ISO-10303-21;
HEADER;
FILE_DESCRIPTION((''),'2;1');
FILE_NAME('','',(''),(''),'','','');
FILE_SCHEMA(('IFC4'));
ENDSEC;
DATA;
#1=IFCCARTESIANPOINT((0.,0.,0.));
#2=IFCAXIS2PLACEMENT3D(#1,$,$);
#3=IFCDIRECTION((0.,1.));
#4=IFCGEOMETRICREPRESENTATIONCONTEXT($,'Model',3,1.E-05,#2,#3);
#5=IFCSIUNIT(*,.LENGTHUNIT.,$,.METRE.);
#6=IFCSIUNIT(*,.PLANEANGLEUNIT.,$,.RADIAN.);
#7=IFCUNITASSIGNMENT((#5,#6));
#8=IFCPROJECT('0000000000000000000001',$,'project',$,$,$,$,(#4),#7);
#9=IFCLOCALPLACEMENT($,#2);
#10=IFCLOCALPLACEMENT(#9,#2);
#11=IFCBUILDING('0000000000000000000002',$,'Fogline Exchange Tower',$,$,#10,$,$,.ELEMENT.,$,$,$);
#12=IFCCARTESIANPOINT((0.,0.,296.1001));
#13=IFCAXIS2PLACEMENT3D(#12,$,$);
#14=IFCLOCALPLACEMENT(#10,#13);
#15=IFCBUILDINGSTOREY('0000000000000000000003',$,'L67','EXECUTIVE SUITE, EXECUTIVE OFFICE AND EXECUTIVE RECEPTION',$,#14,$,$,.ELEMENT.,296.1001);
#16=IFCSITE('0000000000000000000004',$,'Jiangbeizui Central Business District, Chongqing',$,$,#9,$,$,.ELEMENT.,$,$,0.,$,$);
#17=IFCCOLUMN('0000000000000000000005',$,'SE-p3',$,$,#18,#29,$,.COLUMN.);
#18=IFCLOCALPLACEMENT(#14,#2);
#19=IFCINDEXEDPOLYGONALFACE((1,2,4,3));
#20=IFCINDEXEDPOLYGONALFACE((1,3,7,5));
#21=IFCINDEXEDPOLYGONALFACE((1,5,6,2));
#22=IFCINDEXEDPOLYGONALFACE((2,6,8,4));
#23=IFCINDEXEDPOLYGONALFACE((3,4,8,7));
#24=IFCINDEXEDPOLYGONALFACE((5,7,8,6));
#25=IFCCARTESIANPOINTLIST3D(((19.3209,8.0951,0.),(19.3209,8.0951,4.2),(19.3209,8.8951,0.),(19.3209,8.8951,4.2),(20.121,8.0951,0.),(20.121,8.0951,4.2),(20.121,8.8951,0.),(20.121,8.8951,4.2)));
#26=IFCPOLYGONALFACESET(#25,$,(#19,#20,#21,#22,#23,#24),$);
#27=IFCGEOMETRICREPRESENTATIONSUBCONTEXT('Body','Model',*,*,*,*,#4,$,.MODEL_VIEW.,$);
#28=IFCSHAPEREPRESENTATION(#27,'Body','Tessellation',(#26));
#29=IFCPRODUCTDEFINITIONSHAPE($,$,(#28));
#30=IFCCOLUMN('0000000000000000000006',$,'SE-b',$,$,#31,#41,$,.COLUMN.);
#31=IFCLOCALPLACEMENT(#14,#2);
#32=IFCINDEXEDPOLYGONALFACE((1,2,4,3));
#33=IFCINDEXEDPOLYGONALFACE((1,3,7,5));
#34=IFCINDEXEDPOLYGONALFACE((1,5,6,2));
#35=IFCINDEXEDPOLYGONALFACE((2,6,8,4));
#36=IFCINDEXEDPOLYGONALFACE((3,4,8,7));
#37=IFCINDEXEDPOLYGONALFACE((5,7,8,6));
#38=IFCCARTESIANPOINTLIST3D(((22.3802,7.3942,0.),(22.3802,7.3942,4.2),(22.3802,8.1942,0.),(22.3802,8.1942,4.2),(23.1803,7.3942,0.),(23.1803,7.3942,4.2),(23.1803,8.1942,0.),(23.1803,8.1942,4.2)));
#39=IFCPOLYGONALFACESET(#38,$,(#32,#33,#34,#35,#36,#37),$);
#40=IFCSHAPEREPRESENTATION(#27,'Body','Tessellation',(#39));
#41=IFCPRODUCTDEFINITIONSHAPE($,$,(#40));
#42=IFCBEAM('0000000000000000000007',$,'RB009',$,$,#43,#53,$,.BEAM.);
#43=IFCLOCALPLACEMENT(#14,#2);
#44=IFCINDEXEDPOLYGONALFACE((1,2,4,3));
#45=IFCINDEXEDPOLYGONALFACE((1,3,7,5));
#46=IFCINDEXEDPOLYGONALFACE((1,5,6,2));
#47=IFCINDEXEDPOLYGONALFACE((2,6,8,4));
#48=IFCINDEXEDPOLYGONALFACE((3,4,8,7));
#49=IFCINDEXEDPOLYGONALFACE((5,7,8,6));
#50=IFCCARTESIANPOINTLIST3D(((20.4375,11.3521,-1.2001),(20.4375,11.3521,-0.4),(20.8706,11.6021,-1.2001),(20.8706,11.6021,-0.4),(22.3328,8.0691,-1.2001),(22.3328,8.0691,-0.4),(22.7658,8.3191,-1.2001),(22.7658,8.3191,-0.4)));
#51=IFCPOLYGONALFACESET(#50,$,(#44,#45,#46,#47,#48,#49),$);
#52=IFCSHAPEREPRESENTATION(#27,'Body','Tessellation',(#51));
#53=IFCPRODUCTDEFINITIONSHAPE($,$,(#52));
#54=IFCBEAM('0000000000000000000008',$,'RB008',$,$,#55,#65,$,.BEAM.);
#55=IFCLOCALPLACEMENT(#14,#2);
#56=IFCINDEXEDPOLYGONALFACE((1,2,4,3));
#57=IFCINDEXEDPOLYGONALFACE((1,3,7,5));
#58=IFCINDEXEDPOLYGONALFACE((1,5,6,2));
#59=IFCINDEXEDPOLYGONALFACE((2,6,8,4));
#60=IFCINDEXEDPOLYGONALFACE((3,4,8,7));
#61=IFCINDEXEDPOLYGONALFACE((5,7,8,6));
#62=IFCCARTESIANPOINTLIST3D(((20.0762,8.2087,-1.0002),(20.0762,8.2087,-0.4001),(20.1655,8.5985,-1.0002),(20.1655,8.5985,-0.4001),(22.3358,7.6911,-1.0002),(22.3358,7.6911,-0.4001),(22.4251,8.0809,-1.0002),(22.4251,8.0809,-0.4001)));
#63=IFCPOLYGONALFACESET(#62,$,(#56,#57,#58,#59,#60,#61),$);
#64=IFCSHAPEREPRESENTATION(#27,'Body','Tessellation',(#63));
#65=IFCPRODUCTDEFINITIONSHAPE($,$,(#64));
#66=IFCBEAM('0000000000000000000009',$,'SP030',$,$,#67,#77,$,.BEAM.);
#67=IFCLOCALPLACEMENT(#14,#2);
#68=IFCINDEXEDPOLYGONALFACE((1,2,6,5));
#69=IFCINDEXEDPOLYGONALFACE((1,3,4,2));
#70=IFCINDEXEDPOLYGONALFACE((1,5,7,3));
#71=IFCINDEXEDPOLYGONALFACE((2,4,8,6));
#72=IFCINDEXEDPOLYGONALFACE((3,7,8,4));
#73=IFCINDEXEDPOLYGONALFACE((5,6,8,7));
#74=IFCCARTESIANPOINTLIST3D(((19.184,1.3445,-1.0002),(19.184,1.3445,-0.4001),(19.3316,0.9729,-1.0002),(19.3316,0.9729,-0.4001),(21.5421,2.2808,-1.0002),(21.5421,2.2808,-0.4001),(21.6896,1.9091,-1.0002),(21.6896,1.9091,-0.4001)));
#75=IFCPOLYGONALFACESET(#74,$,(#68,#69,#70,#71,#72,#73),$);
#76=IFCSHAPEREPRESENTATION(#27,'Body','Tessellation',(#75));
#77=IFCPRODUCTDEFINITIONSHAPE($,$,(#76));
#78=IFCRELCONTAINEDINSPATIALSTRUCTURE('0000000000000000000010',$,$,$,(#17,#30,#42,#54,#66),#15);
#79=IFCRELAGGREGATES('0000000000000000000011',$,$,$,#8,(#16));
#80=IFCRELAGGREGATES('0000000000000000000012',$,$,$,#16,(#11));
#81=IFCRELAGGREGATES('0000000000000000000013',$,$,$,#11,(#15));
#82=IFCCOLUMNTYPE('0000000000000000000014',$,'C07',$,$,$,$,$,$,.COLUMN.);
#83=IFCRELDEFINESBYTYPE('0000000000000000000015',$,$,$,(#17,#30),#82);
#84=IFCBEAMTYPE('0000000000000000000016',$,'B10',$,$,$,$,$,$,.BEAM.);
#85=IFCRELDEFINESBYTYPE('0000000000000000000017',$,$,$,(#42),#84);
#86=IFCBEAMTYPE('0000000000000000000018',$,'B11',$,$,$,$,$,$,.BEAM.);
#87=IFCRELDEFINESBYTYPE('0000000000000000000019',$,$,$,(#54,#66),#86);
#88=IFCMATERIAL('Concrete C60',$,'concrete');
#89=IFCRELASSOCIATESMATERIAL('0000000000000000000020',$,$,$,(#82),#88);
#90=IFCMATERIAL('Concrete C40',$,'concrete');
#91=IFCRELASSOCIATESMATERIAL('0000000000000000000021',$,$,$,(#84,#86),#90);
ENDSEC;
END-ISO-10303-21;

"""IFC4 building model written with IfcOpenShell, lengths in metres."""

from ifc_helpers import new_model, si_unit, direction, frame, origin, origin_2d, place, context, subcontext, project, spatial, rectangle, extrude, material, material_profile, profile_set, type_object, element, save


model = new_model("IFC4")

# Units and contexts
model_context = context("Model", 3, precision=1e-05, world=origin(), true_north=direction((0.0, 1.0)))
body_context = subcontext(model_context, "Body", "Model", "MODEL_VIEW")
ifc_project = project(units=[si_unit("LENGTHUNIT", "METRE"), si_unit("PLANEANGLEUNIT", "RADIAN")], contexts=[model_context])

# Site, building, storey
site_placement = place(None, origin())
site = spatial("IfcSite", under=ifc_project, at=site_placement, Name="Jiangbeizui Central Business District, Chongqing", CompositionType="ELEMENT", RefElevation=0.0)
building_placement = place(site_placement, origin())
building = spatial("IfcBuilding", under=site, at=building_placement, Name="Fogline Exchange Tower", CompositionType="ELEMENT")
storey_placement = place(building_placement, frame((0.0, 0.0, 296.1001)))
storey = spatial("IfcBuildingStorey", under=building, at=storey_placement, Name="L67", Description="EXECUTIVE SUITE, EXECUTIVE OFFICE AND EXECUTIVE RECEPTION", CompositionType="ELEMENT", Elevation=296.1001)

# Columns
ifc_material_1 = material(Name="Concrete C60", Category="concrete")
ifc_material_profile_1 = material_profile(ifc_material_1, rectangle(XDim=0.8, YDim=0.8, at=origin_2d()), Name="RC 800x800")
ifc_profile_set_1 = profile_set([ifc_material_profile_1], Name="Concrete C60")
column_type = type_object("IfcColumnType", Name="C07", PredefinedType="COLUMN", material=ifc_profile_set_1)
for number, where, z_axis, x_axis, name in (
    (1, (19.7209, 8.4951, 0.0), (0.0, 0.0, 1.0), (1.0, 0.0, 0.0), "SE-p3"),
    (2, (22.7803, 7.7942, 0.0), (0.0, 0.0, 1.0), (1.0, 0.0, 0.0), "SE-b"),
):
    element("IfcColumn", number, at=place(storey_placement, frame(where, z_axis=z_axis, x_axis=x_axis)), inside=storey, type_object=column_type, Name=name, PredefinedType="COLUMN", context=body_context, shape_type="SweptSolid", body=[
        extrude(rectangle(XDim=0.8, YDim=0.8, at=origin_2d()), origin(), (0.0, 0.0, 1.0), 4.2),
    ])

# Beams
ifc_material_2 = material(Name="Concrete C40", Category="concrete")
ifc_material_profile_2 = material_profile(ifc_material_2, rectangle(XDim=0.5, YDim=0.8, at=origin_2d()), Name="RC 500x800")
ifc_profile_set_2 = profile_set([ifc_material_profile_2], Name="Concrete C40")
beam_type_1 = type_object("IfcBeamType", Name="B10", PredefinedType="BEAM", material=ifc_profile_set_2)
beam_1_placement = place(storey_placement, frame((22.5493, 8.1941, -0.8), z_axis=(-0.49997, 0.866043, 0.0), x_axis=(-0.866043, -0.49997, 0.0)))
element("IfcBeam", 3, at=beam_1_placement, inside=storey, type_object=beam_type_1, Name="RB009", PredefinedType="BEAM", context=body_context, shape_type="SweptSolid", body=[
    extrude(rectangle(XDim=0.5, YDim=0.8, at=origin_2d()), origin(), (0.0, 0.0, 1.0), 3.7908),
])
ifc_material_profile_3 = material_profile(ifc_material_2, rectangle(XDim=0.3999, YDim=0.6001, at=origin_2d()), Name="RC 400x600")
ifc_profile_set_3 = profile_set([ifc_material_profile_3], Name="Concrete C40")
beam_type_2 = type_object("IfcBeamType", Name="B11", PredefinedType="BEAM", material=ifc_profile_set_3)
beam_2_placement = place(storey_placement, frame((20.1208, 8.4036, -0.7002), z_axis=(0.974754, -0.223282, 0.0), x_axis=(0.223282, 0.974754, 0.0)))
element("IfcBeam", 4, at=beam_2_placement, inside=storey, type_object=beam_type_2, Name="RB008", PredefinedType="BEAM", context=body_context, shape_type="SweptSolid", body=[
    extrude(rectangle(XDim=0.3999, YDim=0.6001, at=origin_2d()), origin(), (0.0, 0.0, 1.0), 2.3181),
])
beam_3_placement = place(storey_placement, frame((19.2578, 1.1587, -0.7002), z_axis=(0.929423, 0.369017, 0.0), x_axis=(-0.369017, 0.929423, 0.0)))
element("IfcBeam", 5, at=beam_3_placement, inside=storey, type_object=beam_type_2, Name="SP030", PredefinedType="BEAM", context=body_context, shape_type="SweptSolid", body=[
    extrude(rectangle(XDim=0.3999, YDim=0.6001, at=origin_2d()), origin(), (0.0, 0.0, 1.0), 2.5371),
])

save(model, "model.ifc")
